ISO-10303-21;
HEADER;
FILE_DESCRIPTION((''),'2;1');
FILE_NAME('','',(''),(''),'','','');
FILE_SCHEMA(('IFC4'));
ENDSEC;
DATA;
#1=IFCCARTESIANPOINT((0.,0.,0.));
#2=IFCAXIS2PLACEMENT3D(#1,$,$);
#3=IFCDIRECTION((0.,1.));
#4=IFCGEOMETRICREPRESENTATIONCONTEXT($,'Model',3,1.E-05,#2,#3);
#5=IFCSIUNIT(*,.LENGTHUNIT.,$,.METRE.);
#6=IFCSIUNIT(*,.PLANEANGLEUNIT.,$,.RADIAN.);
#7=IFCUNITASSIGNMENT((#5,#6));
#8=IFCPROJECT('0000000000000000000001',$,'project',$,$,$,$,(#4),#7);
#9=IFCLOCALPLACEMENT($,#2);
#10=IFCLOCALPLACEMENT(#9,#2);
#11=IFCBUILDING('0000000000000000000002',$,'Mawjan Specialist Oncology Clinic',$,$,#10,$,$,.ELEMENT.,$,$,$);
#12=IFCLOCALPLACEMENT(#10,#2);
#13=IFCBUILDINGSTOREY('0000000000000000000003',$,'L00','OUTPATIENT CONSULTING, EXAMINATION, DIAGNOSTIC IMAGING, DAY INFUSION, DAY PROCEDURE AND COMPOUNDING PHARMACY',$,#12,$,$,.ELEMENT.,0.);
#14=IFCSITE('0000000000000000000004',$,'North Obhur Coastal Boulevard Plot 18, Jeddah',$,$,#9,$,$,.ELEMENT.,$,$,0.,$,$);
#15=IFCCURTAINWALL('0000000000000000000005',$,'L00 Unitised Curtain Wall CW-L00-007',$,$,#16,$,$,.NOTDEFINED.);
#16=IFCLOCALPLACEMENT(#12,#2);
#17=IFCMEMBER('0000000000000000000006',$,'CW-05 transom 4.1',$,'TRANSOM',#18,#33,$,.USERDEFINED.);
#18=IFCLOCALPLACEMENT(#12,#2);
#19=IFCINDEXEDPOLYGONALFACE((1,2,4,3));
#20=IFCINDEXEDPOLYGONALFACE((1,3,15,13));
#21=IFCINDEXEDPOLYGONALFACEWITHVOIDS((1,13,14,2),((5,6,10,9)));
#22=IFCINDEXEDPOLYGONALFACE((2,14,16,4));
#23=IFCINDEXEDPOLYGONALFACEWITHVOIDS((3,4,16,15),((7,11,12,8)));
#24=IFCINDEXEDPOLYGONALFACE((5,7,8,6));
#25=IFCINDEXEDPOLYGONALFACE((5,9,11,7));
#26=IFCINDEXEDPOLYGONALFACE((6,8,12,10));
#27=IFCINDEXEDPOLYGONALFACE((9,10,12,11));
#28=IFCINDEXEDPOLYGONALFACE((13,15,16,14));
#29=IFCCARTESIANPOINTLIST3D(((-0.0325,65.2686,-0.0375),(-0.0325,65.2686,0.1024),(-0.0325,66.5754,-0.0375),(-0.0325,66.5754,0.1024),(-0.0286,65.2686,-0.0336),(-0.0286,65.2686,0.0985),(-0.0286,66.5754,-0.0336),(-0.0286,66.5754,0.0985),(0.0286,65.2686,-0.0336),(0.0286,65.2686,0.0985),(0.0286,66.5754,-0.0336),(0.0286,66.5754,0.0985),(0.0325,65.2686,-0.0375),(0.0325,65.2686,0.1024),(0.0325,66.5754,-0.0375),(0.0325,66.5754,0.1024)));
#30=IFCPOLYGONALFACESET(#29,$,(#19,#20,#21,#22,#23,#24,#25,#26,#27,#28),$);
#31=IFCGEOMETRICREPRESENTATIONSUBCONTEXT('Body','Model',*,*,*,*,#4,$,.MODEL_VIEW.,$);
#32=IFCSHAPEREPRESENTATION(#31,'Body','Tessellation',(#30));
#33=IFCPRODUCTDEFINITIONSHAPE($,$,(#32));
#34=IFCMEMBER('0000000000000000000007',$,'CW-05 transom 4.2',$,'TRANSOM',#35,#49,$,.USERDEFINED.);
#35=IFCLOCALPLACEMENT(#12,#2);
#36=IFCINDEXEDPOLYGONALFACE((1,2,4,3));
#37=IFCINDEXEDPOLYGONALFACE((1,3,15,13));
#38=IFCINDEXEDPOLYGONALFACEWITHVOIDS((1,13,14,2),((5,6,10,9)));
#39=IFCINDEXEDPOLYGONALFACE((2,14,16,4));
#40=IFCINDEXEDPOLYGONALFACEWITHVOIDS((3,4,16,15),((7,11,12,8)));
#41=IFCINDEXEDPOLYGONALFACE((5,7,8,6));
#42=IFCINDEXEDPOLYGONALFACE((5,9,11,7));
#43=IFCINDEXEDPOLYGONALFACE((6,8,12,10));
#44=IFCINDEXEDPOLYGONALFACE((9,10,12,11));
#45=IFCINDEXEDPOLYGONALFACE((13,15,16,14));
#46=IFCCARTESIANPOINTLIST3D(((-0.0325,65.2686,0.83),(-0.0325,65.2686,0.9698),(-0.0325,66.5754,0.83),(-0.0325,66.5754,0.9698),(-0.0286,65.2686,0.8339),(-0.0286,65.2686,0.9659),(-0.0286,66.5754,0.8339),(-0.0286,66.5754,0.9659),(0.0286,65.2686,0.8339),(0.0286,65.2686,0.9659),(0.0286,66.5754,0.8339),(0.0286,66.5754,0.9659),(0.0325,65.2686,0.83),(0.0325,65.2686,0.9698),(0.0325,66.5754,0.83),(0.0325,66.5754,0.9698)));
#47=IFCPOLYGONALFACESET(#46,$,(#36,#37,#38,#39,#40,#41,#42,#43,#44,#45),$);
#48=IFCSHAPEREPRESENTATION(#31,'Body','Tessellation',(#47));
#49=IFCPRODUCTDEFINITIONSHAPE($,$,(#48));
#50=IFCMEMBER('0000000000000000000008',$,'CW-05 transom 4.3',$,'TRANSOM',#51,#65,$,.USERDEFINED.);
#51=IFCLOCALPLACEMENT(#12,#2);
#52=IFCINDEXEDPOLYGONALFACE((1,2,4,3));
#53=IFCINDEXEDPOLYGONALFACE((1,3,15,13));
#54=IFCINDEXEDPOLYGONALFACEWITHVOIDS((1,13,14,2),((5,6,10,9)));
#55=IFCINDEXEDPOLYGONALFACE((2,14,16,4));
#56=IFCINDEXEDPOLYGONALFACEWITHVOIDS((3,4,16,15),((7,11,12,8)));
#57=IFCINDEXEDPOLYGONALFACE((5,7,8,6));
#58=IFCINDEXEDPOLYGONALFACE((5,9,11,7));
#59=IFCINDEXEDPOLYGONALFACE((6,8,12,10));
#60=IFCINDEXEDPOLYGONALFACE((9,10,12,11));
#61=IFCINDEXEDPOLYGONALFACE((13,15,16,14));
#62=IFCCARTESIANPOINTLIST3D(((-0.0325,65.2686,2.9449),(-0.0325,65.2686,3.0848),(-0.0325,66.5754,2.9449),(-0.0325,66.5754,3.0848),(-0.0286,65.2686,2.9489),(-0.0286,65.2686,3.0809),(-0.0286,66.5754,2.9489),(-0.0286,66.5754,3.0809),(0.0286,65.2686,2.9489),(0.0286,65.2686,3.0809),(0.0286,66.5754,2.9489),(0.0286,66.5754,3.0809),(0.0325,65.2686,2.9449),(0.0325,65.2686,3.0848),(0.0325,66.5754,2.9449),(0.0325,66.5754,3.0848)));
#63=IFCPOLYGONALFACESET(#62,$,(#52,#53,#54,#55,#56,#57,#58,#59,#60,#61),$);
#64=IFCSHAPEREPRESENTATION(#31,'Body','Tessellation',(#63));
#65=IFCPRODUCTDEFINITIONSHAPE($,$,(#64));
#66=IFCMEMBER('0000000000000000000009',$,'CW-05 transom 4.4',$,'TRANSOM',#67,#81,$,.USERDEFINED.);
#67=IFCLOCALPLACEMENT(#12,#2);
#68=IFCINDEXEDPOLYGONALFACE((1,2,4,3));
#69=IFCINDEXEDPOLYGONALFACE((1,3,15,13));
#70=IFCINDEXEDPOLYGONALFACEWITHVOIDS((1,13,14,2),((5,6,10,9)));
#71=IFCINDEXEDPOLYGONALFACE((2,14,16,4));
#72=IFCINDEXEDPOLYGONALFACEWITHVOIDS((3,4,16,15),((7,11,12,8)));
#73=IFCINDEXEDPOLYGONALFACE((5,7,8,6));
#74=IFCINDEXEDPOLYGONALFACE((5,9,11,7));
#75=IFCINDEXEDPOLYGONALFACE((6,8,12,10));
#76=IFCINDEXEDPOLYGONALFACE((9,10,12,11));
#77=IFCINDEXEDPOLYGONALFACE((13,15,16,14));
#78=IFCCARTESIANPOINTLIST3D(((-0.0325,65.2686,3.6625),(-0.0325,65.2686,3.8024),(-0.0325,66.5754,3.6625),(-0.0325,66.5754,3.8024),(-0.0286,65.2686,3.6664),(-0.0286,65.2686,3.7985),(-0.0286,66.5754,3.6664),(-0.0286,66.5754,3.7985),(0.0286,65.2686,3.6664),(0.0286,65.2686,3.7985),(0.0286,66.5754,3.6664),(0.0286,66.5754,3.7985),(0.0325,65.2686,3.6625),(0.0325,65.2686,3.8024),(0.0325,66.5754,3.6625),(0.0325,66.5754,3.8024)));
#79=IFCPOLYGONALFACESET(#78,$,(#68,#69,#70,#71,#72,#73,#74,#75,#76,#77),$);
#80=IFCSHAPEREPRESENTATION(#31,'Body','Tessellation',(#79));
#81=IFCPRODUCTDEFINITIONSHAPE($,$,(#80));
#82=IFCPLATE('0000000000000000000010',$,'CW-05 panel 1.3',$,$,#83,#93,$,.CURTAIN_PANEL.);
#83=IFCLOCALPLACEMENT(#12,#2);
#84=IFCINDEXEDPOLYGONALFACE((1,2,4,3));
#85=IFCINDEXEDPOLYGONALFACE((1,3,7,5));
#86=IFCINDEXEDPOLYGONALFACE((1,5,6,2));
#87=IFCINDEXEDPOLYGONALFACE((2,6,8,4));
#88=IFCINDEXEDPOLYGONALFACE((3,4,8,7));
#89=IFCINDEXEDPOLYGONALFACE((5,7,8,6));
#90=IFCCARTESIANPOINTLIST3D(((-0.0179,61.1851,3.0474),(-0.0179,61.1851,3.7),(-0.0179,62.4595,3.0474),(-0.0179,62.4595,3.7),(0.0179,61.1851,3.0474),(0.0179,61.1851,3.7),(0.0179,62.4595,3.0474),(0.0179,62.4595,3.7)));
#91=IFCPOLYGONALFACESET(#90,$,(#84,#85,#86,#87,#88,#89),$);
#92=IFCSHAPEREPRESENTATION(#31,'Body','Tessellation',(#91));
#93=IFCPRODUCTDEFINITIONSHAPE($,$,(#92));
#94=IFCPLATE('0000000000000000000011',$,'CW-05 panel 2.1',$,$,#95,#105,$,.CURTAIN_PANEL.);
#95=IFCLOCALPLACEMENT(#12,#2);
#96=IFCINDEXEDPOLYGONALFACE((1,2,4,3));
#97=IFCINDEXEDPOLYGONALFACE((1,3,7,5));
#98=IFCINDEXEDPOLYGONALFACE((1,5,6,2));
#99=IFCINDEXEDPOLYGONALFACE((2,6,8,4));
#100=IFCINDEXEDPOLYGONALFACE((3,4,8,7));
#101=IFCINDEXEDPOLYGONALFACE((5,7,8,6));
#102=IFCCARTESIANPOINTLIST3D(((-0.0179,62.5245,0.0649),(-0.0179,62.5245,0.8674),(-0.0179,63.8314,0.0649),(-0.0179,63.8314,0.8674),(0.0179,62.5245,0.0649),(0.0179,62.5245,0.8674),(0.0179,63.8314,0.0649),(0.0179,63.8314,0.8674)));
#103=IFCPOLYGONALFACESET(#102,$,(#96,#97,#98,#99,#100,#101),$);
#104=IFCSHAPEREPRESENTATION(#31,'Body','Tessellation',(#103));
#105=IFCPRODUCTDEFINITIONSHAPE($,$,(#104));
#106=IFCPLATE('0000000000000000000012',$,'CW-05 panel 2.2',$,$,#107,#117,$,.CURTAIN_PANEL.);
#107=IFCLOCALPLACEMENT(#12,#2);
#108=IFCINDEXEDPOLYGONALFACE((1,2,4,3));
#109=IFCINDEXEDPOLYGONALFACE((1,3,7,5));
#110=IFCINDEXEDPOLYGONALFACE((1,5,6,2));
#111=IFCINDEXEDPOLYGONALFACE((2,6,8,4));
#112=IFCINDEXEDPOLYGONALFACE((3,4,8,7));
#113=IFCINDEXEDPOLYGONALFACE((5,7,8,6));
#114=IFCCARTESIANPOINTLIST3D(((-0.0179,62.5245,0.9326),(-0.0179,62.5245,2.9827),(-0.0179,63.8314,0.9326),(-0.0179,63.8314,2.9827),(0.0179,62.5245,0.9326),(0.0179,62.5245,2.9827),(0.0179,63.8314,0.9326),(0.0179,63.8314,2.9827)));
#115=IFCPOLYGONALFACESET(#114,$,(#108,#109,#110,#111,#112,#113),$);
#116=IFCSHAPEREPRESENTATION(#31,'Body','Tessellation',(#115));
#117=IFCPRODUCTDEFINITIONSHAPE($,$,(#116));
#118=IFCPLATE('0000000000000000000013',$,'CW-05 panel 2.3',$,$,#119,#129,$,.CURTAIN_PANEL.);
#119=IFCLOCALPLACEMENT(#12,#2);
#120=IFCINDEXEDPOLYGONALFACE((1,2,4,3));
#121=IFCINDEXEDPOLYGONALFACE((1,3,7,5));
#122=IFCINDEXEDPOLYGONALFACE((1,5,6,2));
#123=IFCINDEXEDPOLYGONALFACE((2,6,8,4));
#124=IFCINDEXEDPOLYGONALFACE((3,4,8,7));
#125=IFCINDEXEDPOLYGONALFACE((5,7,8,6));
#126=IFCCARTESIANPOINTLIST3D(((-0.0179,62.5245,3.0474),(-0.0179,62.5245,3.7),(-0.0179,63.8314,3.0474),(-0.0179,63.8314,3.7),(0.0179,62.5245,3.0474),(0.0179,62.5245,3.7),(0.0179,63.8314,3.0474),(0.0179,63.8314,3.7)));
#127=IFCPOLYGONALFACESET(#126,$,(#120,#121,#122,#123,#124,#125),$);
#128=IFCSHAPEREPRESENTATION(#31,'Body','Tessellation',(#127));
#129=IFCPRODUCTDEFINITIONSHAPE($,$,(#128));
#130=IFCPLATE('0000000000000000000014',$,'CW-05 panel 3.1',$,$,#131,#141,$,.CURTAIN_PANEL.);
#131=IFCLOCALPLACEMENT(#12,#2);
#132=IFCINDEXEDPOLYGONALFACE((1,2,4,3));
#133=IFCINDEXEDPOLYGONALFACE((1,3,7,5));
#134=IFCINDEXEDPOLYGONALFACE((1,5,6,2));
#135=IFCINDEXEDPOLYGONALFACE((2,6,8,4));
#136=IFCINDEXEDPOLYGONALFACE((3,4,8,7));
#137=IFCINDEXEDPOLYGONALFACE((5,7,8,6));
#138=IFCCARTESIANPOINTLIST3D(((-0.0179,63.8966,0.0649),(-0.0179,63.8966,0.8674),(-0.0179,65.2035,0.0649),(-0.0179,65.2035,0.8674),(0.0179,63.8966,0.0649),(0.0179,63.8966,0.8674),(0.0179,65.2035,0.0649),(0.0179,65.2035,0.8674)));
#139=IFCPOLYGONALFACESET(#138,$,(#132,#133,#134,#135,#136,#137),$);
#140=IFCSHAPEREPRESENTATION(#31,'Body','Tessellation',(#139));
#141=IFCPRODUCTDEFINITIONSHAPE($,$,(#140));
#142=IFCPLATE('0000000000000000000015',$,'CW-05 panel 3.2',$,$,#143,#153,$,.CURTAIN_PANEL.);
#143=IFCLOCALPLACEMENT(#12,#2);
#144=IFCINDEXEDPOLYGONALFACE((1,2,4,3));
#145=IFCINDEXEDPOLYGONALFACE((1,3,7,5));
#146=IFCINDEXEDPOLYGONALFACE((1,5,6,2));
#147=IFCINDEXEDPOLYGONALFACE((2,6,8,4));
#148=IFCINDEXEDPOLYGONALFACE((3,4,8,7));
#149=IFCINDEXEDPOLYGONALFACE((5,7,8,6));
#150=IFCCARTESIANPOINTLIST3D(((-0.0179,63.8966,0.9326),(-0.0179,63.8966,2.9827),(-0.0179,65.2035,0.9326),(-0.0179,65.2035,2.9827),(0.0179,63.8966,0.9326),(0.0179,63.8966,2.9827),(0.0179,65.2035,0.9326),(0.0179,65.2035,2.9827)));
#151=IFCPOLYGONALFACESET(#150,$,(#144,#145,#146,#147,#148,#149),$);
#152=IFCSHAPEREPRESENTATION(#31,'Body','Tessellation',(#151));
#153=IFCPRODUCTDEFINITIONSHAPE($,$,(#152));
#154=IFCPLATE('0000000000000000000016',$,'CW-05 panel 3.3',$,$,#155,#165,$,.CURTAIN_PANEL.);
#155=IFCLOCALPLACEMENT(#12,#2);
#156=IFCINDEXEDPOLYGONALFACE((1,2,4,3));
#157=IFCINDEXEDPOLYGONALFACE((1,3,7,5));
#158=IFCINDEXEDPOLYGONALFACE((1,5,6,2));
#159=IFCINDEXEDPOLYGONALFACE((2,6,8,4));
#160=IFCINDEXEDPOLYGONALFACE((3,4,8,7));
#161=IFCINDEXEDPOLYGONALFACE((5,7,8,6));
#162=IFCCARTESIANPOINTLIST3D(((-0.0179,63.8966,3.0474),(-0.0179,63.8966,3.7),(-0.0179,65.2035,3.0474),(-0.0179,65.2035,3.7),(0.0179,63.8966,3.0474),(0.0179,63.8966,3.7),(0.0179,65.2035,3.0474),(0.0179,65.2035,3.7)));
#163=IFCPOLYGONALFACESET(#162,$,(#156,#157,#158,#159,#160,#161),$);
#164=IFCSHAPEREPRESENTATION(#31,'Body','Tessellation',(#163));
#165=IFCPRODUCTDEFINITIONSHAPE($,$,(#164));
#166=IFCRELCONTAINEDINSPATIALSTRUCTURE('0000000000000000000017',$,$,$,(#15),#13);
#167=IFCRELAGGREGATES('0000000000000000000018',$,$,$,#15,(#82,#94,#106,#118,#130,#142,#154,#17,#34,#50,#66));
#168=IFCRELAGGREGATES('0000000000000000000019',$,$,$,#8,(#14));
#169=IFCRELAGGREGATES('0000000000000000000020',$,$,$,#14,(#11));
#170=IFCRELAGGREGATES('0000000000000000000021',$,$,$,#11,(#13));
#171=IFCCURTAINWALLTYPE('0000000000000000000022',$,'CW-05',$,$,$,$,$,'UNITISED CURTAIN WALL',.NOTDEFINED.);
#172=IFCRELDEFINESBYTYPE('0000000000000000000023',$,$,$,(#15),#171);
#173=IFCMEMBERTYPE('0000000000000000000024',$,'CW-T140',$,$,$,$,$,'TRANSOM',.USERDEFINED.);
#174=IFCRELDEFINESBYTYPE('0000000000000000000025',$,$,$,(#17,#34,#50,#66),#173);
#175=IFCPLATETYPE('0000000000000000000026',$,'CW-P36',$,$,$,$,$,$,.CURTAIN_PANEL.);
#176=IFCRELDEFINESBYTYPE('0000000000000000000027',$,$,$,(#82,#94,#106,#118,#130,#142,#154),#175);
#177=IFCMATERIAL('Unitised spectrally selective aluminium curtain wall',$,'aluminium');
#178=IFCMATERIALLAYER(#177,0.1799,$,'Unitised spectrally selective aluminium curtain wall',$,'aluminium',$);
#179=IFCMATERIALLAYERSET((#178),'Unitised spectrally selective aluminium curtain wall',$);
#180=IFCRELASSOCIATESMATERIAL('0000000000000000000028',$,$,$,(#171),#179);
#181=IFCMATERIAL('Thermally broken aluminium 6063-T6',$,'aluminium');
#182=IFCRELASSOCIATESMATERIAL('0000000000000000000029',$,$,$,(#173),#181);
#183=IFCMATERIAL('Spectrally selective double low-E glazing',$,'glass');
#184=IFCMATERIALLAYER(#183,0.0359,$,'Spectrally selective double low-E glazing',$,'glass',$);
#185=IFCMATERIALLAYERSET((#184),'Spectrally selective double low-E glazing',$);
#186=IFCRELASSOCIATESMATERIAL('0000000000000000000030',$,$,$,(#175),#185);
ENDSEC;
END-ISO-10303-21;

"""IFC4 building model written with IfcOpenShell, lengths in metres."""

from ifc_helpers import new_model, si_unit, direction, frame, origin, origin_2d, place, context, subcontext, project, spatial, rectangle, hollow_rectangle, extrude, material, layer, layer_set, material_profile, profile_set, type_object, element, aggregate, save


model = new_model("IFC4")

# Units and contexts
model_context = context("Model", 3, precision=1e-05, world=origin(), true_north=direction((0.0, 1.0)))
body_context = subcontext(model_context, "Body", "Model", "MODEL_VIEW")
ifc_project = project(units=[si_unit("LENGTHUNIT", "METRE"), si_unit("PLANEANGLEUNIT", "RADIAN")], contexts=[model_context])

# Site, building, storey
site_placement = place(None, origin())
site = spatial("IfcSite", under=ifc_project, at=site_placement, Name="North Obhur Coastal Boulevard Plot 18, Jeddah", CompositionType="ELEMENT", RefElevation=0.0)
building_placement = place(site_placement, origin())
building = spatial("IfcBuilding", under=site, at=building_placement, Name="Mawjan Specialist Oncology Clinic", CompositionType="ELEMENT")
storey_placement = place(building_placement, origin())
storey = spatial("IfcBuildingStorey", under=building, at=storey_placement, Name="L00", Description="OUTPATIENT CONSULTING, EXAMINATION, DIAGNOSTIC IMAGING, DAY INFUSION, DAY PROCEDURE AND COMPOUNDING PHARMACY", CompositionType="ELEMENT", Elevation=0.0)

# Curtain wall, members, plates
ifc_material_1 = material(Name="Unitised spectrally selective aluminium curtain wall", Category="aluminium")
ifc_layer_1 = layer(ifc_material_1, 0.1799, Name="Unitised spectrally selective aluminium curtain wall", Category="aluminium")
ifc_layer_set_1 = layer_set([ifc_layer_1], Name="Unitised spectrally selective aluminium curtain wall")
curtain_wall_type = type_object("IfcCurtainWallType", Name="CW-05", ElementType="UNITISED CURTAIN WALL", PredefinedType="NOTDEFINED", material=ifc_layer_set_1)
curtain_wall_placement = place(storey_placement, origin())
curtain_wall = element("IfcCurtainWall", 1, at=curtain_wall_placement, inside=storey, type_object=curtain_wall_type, Name="L00 Unitised Curtain Wall CW-L00-007", PredefinedType="NOTDEFINED")
ifc_material_2 = material(Name="Thermally broken aluminium 6063-T6", Category="aluminium")
ifc_material_profile_1 = material_profile(ifc_material_2, hollow_rectangle(XDim=0.0649, YDim=0.1399, WallThickness=0.0039, at=origin_2d()), Name="ALU TRANSOM 140x65x4", Category="aluminium")
ifc_profile_set_1 = profile_set([ifc_material_profile_1], Name="Thermally broken aluminium 6063-T6")
member_type_1 = type_object("IfcMemberType", Name="CW-T140", ElementType="TRANSOM", PredefinedType="USERDEFINED", material=ifc_profile_set_1)
member_1_placement = place(storey_placement, frame((0.0, 65.2686, 0.0325), z_axis=(0.0, 1.0, 0.0), x_axis=(-1.0, 0.0, 0.0)))
member_1 = element("IfcMember", 2, at=member_1_placement, type_object=member_type_1, Name="CW-05 transom 4.1", ObjectType="TRANSOM", PredefinedType="USERDEFINED", context=body_context, shape_type="SweptSolid", body=[
    extrude(hollow_rectangle(XDim=0.0649, YDim=0.1399, WallThickness=0.0039, at=origin_2d()), origin(), (0.0, 0.0, 1.0), 1.3069),
])
member_2_placement = place(storey_placement, frame((0.0, 65.2686, 0.8999), z_axis=(0.0, 1.0, 0.0), x_axis=(-1.0, 0.0, 0.0)))
member_2 = element("IfcMember", 3, at=member_2_placement, type_object=member_type_1, Name="CW-05 transom 4.2", ObjectType="TRANSOM", PredefinedType="USERDEFINED", context=body_context, shape_type="SweptSolid", body=[
    extrude(hollow_rectangle(XDim=0.0649, YDim=0.1399, WallThickness=0.0039, at=origin_2d()), origin(), (0.0, 0.0, 1.0), 1.3069),
])
member_3_placement = place(storey_placement, frame((0.0, 65.2686, 3.0149), z_axis=(0.0, 1.0, 0.0), x_axis=(-1.0, 0.0, 0.0)))
member_3 = element("IfcMember", 4, at=member_3_placement, type_object=member_type_1, Name="CW-05 transom 4.3", ObjectType="TRANSOM", PredefinedType="USERDEFINED", context=body_context, shape_type="SweptSolid", body=[
    extrude(hollow_rectangle(XDim=0.0649, YDim=0.1399, WallThickness=0.0039, at=origin_2d()), origin(), (0.0, 0.0, 1.0), 1.3069),
])
member_4_placement = place(storey_placement, frame((0.0, 65.2686, 3.7324), z_axis=(0.0, 1.0, 0.0), x_axis=(-1.0, 0.0, 0.0)))
member_4 = element("IfcMember", 5, at=member_4_placement, type_object=member_type_1, Name="CW-05 transom 4.4", ObjectType="TRANSOM", PredefinedType="USERDEFINED", context=body_context, shape_type="SweptSolid", body=[
    extrude(hollow_rectangle(XDim=0.0649, YDim=0.1399, WallThickness=0.0039, at=origin_2d()), origin(), (0.0, 0.0, 1.0), 1.3069),
])
ifc_material_3 = material(Name="Spectrally selective double low-E glazing", Category="glass")
ifc_layer_2 = layer(ifc_material_3, 0.0359, Name="Spectrally selective double low-E glazing", Category="glass")
ifc_layer_set_2 = layer_set([ifc_layer_2], Name="Spectrally selective double low-E glazing")
plate_type = type_object("IfcPlateType", Name="CW-P36", PredefinedType="CURTAIN_PANEL", material=ifc_layer_set_2)
plate_1_placement = place(storey_placement, frame((0.0, 61.8223, 3.0474), z_axis=(0.0, 0.0, 1.0), x_axis=(0.0, 1.0, 0.0)))
plate_1 = element("IfcPlate", 6, at=plate_1_placement, type_object=plate_type, Name="CW-05 panel 1.3", PredefinedType="CURTAIN_PANEL", context=body_context, shape_type="SweptSolid", body=[
    extrude(rectangle(XDim=1.2744, YDim=0.0359, at=origin_2d()), origin(), (0.0, 0.0, 1.0), 0.6526),
])
plate_2_placement = place(storey_placement, frame((0.0, 63.178, 0.0649), z_axis=(0.0, 0.0, 1.0), x_axis=(0.0, 1.0, 0.0)))
plate_2 = element("IfcPlate", 7, at=plate_2_placement, type_object=plate_type, Name="CW-05 panel 2.1", PredefinedType="CURTAIN_PANEL", context=body_context, shape_type="SweptSolid", body=[
    extrude(rectangle(XDim=1.3069, YDim=0.0359, at=origin_2d()), origin(), (0.0, 0.0, 1.0), 0.8025),
])
plate_3_placement = place(storey_placement, frame((0.0, 63.178, 0.9326), z_axis=(0.0, 0.0, 1.0), x_axis=(0.0, 1.0, 0.0)))
plate_3 = element("IfcPlate", 8, at=plate_3_placement, type_object=plate_type, Name="CW-05 panel 2.2", PredefinedType="CURTAIN_PANEL", context=body_context, shape_type="SweptSolid", body=[
    extrude(rectangle(XDim=1.3069, YDim=0.0359, at=origin_2d()), origin(), (0.0, 0.0, 1.0), 2.05),
])
plate_4_placement = place(storey_placement, frame((0.0, 63.178, 3.0474), z_axis=(0.0, 0.0, 1.0), x_axis=(0.0, 1.0, 0.0)))
plate_4 = element("IfcPlate", 9, at=plate_4_placement, type_object=plate_type, Name="CW-05 panel 2.3", PredefinedType="CURTAIN_PANEL", context=body_context, shape_type="SweptSolid", body=[
    extrude(rectangle(XDim=1.3069, YDim=0.0359, at=origin_2d()), origin(), (0.0, 0.0, 1.0), 0.6526),
])
plate_5_placement = place(storey_placement, frame((0.0, 64.55, 0.0649), z_axis=(0.0, 0.0, 1.0), x_axis=(0.0, 1.0, 0.0)))
plate_5 = element("IfcPlate", 10, at=plate_5_placement, type_object=plate_type, Name="CW-05 panel 3.1", PredefinedType="CURTAIN_PANEL", context=body_context, shape_type="SweptSolid", body=[
    extrude(rectangle(XDim=1.3069, YDim=0.0359, at=origin_2d()), origin(), (0.0, 0.0, 1.0), 0.8025),
])
plate_6_placement = place(storey_placement, frame((0.0, 64.55, 0.9326), z_axis=(0.0, 0.0, 1.0), x_axis=(0.0, 1.0, 0.0)))
plate_6 = element("IfcPlate", 11, at=plate_6_placement, type_object=plate_type, Name="CW-05 panel 3.2", PredefinedType="CURTAIN_PANEL", context=body_context, shape_type="SweptSolid", body=[
    extrude(rectangle(XDim=1.3069, YDim=0.0359, at=origin_2d()), origin(), (0.0, 0.0, 1.0), 2.05),
])
plate_7_placement = place(storey_placement, frame((0.0, 64.55, 3.0474), z_axis=(0.0, 0.0, 1.0), x_axis=(0.0, 1.0, 0.0)))
plate_7 = element("IfcPlate", 12, at=plate_7_placement, type_object=plate_type, Name="CW-05 panel 3.3", PredefinedType="CURTAIN_PANEL", context=body_context, shape_type="SweptSolid", body=[
    extrude(rectangle(XDim=1.3069, YDim=0.0359, at=origin_2d()), origin(), (0.0, 0.0, 1.0), 0.6526),
])
aggregate(curtain_wall, [plate_1, plate_2, plate_3, plate_4, plate_5, plate_6, plate_7, member_1, member_2, member_3, member_4])

save(model, "model.ifc")
